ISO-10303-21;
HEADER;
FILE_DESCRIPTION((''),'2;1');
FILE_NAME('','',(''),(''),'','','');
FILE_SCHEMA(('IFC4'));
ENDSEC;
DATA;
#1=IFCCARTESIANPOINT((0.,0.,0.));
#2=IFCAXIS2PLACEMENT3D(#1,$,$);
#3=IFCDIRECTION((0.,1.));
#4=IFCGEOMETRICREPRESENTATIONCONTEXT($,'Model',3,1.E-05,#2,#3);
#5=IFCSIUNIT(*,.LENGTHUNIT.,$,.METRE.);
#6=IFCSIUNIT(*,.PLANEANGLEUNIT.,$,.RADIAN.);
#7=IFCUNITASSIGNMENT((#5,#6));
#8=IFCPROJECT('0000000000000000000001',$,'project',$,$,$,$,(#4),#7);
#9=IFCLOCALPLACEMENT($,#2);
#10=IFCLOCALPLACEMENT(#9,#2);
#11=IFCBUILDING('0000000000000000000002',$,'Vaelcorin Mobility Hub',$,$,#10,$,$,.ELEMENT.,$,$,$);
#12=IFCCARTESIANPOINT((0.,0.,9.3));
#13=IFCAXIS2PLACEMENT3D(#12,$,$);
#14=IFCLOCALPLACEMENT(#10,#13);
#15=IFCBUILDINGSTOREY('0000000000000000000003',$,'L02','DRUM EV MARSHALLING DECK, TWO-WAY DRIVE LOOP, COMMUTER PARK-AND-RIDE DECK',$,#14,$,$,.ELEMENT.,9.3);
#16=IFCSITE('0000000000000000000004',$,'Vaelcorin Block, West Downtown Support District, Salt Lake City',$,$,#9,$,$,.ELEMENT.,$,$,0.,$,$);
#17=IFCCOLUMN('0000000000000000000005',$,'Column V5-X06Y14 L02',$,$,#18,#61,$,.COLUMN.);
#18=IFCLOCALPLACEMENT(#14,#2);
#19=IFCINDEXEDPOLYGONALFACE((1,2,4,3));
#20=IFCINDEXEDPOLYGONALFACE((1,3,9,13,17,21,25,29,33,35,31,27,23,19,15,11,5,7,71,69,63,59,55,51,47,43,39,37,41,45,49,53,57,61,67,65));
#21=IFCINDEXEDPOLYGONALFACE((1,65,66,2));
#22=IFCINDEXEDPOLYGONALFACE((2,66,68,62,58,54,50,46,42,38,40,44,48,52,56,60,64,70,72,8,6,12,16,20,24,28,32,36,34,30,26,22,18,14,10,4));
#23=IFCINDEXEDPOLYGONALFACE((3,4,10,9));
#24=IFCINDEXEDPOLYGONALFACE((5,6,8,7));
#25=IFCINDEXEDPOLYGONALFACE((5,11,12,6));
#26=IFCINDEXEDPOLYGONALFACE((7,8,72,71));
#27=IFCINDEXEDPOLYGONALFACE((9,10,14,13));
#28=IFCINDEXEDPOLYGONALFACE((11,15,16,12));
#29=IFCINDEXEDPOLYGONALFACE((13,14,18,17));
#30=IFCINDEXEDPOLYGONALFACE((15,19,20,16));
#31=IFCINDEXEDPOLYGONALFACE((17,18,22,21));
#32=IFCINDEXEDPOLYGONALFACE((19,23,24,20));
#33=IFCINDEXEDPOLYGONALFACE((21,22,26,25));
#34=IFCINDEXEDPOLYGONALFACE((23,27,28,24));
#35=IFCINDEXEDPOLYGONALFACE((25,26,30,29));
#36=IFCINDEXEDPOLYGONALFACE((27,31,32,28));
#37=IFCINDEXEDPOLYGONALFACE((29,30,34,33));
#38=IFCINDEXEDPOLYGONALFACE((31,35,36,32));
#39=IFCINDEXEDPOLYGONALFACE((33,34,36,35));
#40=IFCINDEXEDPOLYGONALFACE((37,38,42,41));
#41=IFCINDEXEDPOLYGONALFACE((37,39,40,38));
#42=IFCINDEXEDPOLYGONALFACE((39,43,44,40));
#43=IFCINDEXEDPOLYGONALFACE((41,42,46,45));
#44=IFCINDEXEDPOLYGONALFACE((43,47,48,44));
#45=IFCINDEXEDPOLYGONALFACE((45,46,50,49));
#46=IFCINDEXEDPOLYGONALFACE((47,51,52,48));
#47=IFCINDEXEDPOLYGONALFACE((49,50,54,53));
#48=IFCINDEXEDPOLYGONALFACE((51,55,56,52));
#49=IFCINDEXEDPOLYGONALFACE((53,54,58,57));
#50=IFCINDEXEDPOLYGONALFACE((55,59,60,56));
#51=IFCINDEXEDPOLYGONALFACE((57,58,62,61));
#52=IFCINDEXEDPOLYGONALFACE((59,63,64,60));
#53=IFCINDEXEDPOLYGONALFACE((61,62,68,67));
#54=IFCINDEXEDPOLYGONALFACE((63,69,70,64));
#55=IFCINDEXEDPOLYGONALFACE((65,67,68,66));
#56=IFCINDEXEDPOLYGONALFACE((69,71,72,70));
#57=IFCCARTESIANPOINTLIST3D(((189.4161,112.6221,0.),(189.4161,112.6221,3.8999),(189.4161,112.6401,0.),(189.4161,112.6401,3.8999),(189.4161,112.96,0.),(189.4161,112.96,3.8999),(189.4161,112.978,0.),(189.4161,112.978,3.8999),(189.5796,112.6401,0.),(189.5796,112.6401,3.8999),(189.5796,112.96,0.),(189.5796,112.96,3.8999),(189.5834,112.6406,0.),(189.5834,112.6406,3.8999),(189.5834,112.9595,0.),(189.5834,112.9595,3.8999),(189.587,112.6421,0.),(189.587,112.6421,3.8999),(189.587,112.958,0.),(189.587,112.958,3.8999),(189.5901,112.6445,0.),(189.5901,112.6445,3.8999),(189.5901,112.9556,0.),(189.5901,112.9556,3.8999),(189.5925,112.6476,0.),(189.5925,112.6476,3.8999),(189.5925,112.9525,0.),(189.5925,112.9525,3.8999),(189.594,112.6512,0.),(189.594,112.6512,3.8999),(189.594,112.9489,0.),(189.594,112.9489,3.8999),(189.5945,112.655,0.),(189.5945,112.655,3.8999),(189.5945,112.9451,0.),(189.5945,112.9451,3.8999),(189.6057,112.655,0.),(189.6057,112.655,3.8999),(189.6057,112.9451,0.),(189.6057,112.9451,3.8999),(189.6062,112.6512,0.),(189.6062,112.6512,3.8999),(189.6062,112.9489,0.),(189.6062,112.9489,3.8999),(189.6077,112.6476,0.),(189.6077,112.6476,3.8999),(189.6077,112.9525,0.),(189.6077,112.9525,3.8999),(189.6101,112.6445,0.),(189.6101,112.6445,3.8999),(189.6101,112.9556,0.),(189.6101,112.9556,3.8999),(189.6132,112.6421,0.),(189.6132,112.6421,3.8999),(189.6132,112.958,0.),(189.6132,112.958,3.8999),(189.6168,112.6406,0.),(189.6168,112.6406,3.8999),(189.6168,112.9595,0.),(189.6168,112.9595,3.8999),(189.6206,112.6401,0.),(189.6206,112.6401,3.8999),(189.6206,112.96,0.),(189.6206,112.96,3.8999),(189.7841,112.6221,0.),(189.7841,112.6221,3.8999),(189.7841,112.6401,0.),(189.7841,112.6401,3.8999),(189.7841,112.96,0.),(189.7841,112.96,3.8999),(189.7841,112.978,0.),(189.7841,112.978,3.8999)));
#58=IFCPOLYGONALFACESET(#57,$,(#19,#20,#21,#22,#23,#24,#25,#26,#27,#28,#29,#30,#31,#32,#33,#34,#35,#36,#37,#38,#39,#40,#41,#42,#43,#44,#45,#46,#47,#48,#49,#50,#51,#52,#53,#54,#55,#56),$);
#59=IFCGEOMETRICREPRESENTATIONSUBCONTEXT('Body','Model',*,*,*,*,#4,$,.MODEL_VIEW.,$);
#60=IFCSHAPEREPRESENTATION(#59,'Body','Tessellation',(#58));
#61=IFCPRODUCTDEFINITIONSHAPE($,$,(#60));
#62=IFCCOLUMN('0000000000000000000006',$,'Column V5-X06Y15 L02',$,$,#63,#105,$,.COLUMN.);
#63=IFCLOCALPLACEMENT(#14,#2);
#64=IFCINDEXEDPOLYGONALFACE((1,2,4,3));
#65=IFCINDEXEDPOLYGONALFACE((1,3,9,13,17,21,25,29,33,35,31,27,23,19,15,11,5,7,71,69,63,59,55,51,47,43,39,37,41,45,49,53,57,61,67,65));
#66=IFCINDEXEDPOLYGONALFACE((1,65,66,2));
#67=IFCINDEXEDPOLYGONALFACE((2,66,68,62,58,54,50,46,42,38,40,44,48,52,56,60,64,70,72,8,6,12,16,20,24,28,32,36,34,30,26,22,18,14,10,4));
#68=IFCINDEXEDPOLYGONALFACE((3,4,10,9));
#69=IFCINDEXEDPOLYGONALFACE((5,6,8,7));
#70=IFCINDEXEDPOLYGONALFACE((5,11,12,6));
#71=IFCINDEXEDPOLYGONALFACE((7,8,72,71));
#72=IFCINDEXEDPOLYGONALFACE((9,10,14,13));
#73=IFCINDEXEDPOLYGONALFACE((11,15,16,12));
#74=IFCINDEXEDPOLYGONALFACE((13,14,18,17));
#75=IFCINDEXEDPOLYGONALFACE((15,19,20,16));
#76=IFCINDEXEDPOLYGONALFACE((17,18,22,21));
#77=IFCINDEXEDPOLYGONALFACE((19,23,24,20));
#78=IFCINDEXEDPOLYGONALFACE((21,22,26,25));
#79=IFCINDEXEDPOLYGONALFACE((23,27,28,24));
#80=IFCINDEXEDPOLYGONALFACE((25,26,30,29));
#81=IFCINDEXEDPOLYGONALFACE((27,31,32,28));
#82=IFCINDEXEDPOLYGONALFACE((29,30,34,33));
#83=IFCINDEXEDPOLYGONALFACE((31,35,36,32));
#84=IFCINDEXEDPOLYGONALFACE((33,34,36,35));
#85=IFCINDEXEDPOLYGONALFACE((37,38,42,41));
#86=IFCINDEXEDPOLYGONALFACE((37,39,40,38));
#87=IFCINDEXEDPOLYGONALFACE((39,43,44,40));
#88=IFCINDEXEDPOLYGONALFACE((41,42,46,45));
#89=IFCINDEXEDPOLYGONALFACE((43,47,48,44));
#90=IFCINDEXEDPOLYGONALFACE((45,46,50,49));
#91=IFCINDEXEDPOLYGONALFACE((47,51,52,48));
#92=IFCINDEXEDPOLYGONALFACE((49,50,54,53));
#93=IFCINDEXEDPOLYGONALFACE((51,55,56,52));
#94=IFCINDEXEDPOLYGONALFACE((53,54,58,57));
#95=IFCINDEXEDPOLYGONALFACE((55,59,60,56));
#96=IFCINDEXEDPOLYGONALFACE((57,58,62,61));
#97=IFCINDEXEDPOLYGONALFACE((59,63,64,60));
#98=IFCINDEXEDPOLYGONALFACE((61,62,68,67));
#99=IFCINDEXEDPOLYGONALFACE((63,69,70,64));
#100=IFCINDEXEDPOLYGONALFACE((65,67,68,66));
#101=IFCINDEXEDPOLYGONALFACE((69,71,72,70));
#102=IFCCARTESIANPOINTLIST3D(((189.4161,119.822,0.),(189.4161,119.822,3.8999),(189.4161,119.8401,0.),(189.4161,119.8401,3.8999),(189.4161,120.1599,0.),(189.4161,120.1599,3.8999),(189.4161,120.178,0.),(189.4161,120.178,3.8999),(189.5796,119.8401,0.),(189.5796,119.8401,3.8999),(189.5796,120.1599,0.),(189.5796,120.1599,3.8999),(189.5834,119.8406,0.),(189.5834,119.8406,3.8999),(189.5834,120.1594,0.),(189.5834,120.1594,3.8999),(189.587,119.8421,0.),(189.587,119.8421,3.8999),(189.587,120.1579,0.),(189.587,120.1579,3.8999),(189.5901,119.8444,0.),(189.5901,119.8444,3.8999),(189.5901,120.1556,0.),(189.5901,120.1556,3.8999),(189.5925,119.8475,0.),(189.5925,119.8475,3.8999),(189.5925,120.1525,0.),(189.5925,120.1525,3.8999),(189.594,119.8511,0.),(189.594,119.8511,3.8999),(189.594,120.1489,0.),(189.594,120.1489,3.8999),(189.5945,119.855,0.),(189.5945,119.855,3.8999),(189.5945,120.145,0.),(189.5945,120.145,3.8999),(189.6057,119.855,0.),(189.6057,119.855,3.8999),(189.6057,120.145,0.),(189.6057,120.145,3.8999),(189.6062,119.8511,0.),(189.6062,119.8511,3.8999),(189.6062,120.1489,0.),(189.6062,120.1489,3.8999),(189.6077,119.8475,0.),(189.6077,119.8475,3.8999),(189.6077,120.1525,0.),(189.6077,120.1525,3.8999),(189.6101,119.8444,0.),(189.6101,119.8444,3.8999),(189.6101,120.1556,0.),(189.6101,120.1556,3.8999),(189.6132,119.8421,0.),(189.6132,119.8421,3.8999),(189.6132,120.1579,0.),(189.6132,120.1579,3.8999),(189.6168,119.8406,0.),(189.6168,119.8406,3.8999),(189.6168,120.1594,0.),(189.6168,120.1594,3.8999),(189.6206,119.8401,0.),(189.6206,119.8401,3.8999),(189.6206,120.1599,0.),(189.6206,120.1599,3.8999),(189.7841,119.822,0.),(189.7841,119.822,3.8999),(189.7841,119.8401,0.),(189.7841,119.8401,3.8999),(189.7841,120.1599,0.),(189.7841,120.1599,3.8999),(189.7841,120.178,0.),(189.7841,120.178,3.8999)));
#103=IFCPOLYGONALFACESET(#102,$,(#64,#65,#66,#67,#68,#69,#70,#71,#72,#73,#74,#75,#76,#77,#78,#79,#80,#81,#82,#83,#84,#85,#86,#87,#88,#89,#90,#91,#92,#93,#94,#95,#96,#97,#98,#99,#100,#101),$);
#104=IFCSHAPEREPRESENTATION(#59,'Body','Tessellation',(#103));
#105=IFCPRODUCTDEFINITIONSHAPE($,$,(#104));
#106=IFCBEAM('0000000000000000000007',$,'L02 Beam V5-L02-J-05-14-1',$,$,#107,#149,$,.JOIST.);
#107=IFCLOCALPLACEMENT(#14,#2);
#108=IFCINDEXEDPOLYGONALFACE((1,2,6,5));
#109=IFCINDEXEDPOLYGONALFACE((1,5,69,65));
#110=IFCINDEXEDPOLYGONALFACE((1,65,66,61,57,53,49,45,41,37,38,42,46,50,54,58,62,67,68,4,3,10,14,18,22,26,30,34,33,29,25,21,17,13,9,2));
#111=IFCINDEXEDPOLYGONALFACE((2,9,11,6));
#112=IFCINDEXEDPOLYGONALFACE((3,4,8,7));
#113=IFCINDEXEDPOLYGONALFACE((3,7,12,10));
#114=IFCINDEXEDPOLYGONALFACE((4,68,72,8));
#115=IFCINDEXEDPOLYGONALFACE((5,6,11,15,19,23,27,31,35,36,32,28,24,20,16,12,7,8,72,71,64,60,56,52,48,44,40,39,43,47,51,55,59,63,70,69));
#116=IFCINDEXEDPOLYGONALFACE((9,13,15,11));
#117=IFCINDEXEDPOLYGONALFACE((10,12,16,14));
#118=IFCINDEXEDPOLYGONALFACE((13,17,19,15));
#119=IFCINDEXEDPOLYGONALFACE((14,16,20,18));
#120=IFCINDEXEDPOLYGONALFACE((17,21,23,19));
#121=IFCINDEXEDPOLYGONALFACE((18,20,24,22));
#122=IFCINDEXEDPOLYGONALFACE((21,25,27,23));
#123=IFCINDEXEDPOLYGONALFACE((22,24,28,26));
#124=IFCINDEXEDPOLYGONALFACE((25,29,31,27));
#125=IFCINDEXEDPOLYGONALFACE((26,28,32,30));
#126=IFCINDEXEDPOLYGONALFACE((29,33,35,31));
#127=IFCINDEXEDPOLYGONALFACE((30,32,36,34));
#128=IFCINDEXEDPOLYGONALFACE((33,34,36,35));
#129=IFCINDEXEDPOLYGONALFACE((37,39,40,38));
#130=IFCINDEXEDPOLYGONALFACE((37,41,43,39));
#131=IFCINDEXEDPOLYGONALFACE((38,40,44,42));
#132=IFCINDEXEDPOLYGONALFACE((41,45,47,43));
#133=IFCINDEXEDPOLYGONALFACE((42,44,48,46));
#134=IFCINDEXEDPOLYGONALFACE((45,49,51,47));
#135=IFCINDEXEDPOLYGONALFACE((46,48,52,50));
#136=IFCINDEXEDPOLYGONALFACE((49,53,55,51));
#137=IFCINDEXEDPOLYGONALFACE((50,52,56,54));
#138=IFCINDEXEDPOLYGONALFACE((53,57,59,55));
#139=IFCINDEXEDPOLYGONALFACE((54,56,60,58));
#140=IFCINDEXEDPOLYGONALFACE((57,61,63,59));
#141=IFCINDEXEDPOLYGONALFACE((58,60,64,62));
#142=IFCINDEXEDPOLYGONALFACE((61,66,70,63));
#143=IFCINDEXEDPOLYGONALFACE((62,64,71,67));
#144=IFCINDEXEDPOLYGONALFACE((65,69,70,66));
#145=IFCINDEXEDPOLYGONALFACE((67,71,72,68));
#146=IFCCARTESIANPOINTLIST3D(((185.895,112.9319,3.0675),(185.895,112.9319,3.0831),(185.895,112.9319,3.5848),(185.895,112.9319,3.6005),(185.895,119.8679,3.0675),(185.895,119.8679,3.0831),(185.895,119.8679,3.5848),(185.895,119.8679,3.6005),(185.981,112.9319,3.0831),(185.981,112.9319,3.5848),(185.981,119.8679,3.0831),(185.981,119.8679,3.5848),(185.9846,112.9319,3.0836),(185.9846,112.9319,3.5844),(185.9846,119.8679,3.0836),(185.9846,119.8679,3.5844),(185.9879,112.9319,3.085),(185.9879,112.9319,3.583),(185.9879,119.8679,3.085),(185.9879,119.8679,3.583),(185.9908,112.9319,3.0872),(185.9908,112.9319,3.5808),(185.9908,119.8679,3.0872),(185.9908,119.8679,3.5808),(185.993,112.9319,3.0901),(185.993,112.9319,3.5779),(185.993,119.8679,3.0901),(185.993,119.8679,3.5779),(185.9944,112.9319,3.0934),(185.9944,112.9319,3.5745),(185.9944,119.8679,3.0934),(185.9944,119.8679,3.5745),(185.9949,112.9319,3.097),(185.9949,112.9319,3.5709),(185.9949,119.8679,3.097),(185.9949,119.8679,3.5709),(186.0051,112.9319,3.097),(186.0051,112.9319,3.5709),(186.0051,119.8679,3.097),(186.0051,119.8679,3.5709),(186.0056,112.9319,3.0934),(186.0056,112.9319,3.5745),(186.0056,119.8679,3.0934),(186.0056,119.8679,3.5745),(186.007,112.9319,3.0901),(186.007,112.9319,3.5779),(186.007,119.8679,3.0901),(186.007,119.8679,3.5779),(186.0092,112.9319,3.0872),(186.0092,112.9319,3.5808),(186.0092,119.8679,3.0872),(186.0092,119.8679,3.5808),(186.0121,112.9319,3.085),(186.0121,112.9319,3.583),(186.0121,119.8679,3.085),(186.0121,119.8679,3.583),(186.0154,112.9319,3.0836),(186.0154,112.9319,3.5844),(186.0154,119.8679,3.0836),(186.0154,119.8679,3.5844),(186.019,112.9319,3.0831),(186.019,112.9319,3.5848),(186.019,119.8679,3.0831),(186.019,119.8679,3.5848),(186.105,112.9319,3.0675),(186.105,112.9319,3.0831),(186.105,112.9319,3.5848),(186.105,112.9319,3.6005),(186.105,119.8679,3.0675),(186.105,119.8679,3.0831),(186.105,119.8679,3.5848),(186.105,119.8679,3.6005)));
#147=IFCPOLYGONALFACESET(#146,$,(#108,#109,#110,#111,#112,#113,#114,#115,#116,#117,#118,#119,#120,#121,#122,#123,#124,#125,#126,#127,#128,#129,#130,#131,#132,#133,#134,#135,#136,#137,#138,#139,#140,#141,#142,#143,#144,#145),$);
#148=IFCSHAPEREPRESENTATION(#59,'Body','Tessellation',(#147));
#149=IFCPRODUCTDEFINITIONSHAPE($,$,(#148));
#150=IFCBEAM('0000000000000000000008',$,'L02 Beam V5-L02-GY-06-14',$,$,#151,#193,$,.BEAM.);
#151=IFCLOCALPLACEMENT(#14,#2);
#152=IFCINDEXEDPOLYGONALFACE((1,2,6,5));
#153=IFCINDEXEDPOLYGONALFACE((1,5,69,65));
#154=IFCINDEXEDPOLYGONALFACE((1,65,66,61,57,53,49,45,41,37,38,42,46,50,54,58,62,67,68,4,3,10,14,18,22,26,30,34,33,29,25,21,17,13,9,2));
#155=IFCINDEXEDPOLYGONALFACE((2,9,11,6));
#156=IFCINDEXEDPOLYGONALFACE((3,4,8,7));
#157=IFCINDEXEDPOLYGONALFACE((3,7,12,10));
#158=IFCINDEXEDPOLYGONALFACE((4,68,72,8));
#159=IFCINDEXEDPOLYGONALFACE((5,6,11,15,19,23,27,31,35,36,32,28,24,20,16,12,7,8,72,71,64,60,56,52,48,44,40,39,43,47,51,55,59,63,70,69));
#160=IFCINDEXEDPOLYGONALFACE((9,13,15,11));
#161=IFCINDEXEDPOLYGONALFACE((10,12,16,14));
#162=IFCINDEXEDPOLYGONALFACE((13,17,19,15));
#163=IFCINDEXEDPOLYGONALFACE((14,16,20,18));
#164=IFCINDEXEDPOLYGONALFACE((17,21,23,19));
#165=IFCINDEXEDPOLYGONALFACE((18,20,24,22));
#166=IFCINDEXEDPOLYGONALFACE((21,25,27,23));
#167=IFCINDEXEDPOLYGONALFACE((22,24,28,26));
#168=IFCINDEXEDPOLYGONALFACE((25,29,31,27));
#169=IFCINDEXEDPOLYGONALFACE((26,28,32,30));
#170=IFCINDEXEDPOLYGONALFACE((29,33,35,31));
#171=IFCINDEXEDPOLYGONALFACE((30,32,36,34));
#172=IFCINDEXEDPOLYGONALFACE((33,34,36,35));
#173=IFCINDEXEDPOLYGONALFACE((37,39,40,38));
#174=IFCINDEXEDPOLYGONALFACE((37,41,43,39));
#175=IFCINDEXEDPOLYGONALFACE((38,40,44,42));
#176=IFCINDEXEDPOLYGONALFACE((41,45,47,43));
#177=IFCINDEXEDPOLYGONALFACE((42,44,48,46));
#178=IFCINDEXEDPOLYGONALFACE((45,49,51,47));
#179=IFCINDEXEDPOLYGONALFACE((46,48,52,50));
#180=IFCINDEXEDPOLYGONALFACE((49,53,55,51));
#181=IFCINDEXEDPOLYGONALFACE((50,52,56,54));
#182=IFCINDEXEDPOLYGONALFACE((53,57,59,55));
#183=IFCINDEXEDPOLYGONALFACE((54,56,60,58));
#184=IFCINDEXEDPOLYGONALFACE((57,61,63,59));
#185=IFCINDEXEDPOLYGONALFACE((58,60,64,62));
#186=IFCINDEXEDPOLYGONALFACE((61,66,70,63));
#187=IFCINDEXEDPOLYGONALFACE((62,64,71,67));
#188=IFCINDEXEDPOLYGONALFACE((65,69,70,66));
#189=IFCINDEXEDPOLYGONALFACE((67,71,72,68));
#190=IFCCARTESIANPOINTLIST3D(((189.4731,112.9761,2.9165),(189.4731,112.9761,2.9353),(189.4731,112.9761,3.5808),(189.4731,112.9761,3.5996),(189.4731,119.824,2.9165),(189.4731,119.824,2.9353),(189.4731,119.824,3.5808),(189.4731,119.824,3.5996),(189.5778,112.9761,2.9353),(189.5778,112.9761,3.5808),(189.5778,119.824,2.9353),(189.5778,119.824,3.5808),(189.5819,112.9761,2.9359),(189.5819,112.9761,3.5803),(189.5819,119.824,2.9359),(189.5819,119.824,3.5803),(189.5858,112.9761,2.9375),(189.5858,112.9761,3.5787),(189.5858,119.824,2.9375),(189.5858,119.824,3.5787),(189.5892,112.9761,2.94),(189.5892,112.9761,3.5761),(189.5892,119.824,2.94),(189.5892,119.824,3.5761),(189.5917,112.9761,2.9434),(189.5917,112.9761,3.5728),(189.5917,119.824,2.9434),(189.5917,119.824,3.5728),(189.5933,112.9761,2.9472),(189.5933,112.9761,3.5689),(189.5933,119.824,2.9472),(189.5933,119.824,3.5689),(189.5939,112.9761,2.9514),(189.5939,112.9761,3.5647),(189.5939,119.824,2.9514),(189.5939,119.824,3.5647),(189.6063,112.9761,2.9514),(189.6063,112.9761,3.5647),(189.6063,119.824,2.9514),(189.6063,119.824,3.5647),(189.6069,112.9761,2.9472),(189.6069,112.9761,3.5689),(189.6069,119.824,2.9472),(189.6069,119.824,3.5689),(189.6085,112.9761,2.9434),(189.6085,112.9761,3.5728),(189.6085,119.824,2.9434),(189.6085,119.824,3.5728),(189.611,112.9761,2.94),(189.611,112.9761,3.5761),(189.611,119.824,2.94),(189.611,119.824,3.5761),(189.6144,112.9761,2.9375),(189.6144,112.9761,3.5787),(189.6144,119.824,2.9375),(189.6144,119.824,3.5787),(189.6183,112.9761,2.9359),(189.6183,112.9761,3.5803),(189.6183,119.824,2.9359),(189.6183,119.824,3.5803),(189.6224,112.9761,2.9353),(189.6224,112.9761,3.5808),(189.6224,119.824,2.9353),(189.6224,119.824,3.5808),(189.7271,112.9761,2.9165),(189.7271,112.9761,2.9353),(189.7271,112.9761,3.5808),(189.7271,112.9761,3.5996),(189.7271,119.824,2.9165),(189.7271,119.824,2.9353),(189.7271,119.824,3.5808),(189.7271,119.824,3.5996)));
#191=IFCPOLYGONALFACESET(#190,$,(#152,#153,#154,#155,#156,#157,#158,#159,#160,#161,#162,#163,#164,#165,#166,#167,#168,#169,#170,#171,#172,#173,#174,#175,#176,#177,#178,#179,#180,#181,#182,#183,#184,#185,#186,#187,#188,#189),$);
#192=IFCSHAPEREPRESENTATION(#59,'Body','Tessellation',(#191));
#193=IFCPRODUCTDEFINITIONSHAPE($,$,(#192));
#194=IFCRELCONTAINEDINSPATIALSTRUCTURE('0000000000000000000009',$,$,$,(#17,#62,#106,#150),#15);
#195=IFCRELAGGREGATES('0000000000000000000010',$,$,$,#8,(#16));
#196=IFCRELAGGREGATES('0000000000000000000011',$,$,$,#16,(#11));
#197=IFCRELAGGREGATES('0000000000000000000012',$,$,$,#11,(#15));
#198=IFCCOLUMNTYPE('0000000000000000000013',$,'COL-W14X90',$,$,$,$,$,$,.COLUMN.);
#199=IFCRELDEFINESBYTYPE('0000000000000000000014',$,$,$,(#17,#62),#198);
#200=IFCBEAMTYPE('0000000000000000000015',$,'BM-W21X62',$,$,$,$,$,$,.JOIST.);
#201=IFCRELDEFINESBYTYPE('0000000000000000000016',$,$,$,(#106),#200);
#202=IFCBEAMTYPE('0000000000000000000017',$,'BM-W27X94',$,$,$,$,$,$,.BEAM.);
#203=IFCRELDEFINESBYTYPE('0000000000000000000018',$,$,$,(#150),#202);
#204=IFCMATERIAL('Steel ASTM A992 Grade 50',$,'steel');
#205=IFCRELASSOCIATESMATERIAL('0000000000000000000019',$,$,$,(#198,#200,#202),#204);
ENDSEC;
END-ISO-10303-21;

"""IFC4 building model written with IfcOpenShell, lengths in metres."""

from ifc_helpers import new_model, si_unit, direction, frame, origin, origin_2d, place, context, subcontext, project, spatial, i_section, extrude, material, material_profile, profile_set, type_object, element, save


model = new_model("IFC4")

# Units and contexts
model_context = context("Model", 3, precision=1e-05, world=origin(), true_north=direction((0.0, 1.0)))
body_context = subcontext(model_context, "Body", "Model", "MODEL_VIEW")
ifc_project = project(units=[si_unit("LENGTHUNIT", "METRE"), si_unit("PLANEANGLEUNIT", "RADIAN")], contexts=[model_context])

# Site, building, storey
site_placement = place(None, origin())
site = spatial("IfcSite", under=ifc_project, at=site_placement, Name="Vaelcorin Block, West Downtown Support District, Salt Lake City", CompositionType="ELEMENT", RefElevation=0.0)
building_placement = place(site_placement, origin())
building = spatial("IfcBuilding", under=site, at=building_placement, Name="Vaelcorin Mobility Hub", CompositionType="ELEMENT")
storey_placement = place(building_placement, frame((0.0, 0.0, 9.3)))
storey = spatial("IfcBuildingStorey", under=building, at=storey_placement, Name="L02", Description="DRUM EV MARSHALLING DECK, TWO-WAY DRIVE LOOP, COMMUTER PARK-AND-RIDE DECK", CompositionType="ELEMENT", Elevation=9.3)

# Columns
ifc_material_1 = material(Name="Steel ASTM A992 Grade 50", Category="steel")
ifc_material_profile_1 = material_profile(ifc_material_1, i_section(OverallWidth=0.3679, OverallDepth=0.356, WebThickness=0.0112, FlangeThickness=0.0181, FilletRadius=0.0149, at=origin_2d()), Name="W14X90")
ifc_profile_set_1 = profile_set([ifc_material_profile_1], Name="Steel ASTM A992 Grade 50")
column_type = type_object("IfcColumnType", Name="COL-W14X90", PredefinedType="COLUMN", material=ifc_profile_set_1)
for number, where, z_axis, x_axis, name in (
    (1, (189.6001, 112.8, 0.0), (0.0, 0.0, 1.0), (1.0, 0.0, 0.0), "Column V5-X06Y14 L02"),
    (2, (189.6001, 120.0, 0.0), (0.0, 0.0, 1.0), (1.0, 0.0, 0.0), "Column V5-X06Y15 L02"),
):
    element("IfcColumn", number, at=place(storey_placement, frame(where, z_axis=z_axis, x_axis=x_axis)), inside=storey, type_object=column_type, Name=name, PredefinedType="COLUMN", context=body_context, shape_type="SweptSolid", body=[
        extrude(i_section(OverallWidth=0.3679, OverallDepth=0.356, WebThickness=0.0112, FlangeThickness=0.0181, FilletRadius=0.0149, at=origin_2d()), origin(), (0.0, 0.0, 1.0), 3.8999),
    ])

# Beams
ifc_material_profile_2 = material_profile(ifc_material_1, i_section(OverallWidth=0.21, OverallDepth=0.533, WebThickness=0.0103, FlangeThickness=0.0156, FilletRadius=0.0139, at=origin_2d()), Name="W21X62")
ifc_profile_set_2 = profile_set([ifc_material_profile_2], Name="Steel ASTM A992 Grade 50")
beam_type_1 = type_object("IfcBeamType", Name="BM-W21X62", PredefinedType="JOIST", material=ifc_profile_set_2)
beam_1_placement = place(storey_placement, frame((186.0, 112.9319, 3.334), z_axis=(0.0, 1.0, 0.0), x_axis=(-1.0, 0.0, 0.0)))
element("IfcBeam", 3, at=beam_1_placement, inside=storey, type_object=beam_type_1, Name="L02 Beam V5-L02-J-05-14-1", PredefinedType="JOIST", context=body_context, shape_type="SweptSolid", body=[
    extrude(i_section(OverallWidth=0.21, OverallDepth=0.533, WebThickness=0.0103, FlangeThickness=0.0156, FilletRadius=0.0139, at=origin_2d()), origin(), (0.0, 0.0, 1.0), 6.936),
])
ifc_material_profile_3 = material_profile(ifc_material_1, i_section(OverallWidth=0.2539, OverallDepth=0.6831, WebThickness=0.0125, FlangeThickness=0.0188, FilletRadius=0.0161, at=origin_2d()), Name="W27X94")
ifc_profile_set_3 = profile_set([ifc_material_profile_3], Name="Steel ASTM A992 Grade 50")
beam_type_2 = type_object("IfcBeamType", Name="BM-W27X94", PredefinedType="BEAM", material=ifc_profile_set_3)
beam_2_placement = place(storey_placement, frame((189.6001, 112.9761, 3.2581), z_axis=(0.0, 1.0, 0.0), x_axis=(-1.0, 0.0, 0.0)))
element("IfcBeam", 4, at=beam_2_placement, inside=storey, type_object=beam_type_2, Name="L02 Beam V5-L02-GY-06-14", PredefinedType="BEAM", context=body_context, shape_type="SweptSolid", body=[
    extrude(i_section(OverallWidth=0.2539, OverallDepth=0.6831, WebThickness=0.0125, FlangeThickness=0.0188, FilletRadius=0.0161, at=origin_2d()), origin(), (0.0, 0.0, 1.0), 6.8479),
])

save(model, "model.ifc")
